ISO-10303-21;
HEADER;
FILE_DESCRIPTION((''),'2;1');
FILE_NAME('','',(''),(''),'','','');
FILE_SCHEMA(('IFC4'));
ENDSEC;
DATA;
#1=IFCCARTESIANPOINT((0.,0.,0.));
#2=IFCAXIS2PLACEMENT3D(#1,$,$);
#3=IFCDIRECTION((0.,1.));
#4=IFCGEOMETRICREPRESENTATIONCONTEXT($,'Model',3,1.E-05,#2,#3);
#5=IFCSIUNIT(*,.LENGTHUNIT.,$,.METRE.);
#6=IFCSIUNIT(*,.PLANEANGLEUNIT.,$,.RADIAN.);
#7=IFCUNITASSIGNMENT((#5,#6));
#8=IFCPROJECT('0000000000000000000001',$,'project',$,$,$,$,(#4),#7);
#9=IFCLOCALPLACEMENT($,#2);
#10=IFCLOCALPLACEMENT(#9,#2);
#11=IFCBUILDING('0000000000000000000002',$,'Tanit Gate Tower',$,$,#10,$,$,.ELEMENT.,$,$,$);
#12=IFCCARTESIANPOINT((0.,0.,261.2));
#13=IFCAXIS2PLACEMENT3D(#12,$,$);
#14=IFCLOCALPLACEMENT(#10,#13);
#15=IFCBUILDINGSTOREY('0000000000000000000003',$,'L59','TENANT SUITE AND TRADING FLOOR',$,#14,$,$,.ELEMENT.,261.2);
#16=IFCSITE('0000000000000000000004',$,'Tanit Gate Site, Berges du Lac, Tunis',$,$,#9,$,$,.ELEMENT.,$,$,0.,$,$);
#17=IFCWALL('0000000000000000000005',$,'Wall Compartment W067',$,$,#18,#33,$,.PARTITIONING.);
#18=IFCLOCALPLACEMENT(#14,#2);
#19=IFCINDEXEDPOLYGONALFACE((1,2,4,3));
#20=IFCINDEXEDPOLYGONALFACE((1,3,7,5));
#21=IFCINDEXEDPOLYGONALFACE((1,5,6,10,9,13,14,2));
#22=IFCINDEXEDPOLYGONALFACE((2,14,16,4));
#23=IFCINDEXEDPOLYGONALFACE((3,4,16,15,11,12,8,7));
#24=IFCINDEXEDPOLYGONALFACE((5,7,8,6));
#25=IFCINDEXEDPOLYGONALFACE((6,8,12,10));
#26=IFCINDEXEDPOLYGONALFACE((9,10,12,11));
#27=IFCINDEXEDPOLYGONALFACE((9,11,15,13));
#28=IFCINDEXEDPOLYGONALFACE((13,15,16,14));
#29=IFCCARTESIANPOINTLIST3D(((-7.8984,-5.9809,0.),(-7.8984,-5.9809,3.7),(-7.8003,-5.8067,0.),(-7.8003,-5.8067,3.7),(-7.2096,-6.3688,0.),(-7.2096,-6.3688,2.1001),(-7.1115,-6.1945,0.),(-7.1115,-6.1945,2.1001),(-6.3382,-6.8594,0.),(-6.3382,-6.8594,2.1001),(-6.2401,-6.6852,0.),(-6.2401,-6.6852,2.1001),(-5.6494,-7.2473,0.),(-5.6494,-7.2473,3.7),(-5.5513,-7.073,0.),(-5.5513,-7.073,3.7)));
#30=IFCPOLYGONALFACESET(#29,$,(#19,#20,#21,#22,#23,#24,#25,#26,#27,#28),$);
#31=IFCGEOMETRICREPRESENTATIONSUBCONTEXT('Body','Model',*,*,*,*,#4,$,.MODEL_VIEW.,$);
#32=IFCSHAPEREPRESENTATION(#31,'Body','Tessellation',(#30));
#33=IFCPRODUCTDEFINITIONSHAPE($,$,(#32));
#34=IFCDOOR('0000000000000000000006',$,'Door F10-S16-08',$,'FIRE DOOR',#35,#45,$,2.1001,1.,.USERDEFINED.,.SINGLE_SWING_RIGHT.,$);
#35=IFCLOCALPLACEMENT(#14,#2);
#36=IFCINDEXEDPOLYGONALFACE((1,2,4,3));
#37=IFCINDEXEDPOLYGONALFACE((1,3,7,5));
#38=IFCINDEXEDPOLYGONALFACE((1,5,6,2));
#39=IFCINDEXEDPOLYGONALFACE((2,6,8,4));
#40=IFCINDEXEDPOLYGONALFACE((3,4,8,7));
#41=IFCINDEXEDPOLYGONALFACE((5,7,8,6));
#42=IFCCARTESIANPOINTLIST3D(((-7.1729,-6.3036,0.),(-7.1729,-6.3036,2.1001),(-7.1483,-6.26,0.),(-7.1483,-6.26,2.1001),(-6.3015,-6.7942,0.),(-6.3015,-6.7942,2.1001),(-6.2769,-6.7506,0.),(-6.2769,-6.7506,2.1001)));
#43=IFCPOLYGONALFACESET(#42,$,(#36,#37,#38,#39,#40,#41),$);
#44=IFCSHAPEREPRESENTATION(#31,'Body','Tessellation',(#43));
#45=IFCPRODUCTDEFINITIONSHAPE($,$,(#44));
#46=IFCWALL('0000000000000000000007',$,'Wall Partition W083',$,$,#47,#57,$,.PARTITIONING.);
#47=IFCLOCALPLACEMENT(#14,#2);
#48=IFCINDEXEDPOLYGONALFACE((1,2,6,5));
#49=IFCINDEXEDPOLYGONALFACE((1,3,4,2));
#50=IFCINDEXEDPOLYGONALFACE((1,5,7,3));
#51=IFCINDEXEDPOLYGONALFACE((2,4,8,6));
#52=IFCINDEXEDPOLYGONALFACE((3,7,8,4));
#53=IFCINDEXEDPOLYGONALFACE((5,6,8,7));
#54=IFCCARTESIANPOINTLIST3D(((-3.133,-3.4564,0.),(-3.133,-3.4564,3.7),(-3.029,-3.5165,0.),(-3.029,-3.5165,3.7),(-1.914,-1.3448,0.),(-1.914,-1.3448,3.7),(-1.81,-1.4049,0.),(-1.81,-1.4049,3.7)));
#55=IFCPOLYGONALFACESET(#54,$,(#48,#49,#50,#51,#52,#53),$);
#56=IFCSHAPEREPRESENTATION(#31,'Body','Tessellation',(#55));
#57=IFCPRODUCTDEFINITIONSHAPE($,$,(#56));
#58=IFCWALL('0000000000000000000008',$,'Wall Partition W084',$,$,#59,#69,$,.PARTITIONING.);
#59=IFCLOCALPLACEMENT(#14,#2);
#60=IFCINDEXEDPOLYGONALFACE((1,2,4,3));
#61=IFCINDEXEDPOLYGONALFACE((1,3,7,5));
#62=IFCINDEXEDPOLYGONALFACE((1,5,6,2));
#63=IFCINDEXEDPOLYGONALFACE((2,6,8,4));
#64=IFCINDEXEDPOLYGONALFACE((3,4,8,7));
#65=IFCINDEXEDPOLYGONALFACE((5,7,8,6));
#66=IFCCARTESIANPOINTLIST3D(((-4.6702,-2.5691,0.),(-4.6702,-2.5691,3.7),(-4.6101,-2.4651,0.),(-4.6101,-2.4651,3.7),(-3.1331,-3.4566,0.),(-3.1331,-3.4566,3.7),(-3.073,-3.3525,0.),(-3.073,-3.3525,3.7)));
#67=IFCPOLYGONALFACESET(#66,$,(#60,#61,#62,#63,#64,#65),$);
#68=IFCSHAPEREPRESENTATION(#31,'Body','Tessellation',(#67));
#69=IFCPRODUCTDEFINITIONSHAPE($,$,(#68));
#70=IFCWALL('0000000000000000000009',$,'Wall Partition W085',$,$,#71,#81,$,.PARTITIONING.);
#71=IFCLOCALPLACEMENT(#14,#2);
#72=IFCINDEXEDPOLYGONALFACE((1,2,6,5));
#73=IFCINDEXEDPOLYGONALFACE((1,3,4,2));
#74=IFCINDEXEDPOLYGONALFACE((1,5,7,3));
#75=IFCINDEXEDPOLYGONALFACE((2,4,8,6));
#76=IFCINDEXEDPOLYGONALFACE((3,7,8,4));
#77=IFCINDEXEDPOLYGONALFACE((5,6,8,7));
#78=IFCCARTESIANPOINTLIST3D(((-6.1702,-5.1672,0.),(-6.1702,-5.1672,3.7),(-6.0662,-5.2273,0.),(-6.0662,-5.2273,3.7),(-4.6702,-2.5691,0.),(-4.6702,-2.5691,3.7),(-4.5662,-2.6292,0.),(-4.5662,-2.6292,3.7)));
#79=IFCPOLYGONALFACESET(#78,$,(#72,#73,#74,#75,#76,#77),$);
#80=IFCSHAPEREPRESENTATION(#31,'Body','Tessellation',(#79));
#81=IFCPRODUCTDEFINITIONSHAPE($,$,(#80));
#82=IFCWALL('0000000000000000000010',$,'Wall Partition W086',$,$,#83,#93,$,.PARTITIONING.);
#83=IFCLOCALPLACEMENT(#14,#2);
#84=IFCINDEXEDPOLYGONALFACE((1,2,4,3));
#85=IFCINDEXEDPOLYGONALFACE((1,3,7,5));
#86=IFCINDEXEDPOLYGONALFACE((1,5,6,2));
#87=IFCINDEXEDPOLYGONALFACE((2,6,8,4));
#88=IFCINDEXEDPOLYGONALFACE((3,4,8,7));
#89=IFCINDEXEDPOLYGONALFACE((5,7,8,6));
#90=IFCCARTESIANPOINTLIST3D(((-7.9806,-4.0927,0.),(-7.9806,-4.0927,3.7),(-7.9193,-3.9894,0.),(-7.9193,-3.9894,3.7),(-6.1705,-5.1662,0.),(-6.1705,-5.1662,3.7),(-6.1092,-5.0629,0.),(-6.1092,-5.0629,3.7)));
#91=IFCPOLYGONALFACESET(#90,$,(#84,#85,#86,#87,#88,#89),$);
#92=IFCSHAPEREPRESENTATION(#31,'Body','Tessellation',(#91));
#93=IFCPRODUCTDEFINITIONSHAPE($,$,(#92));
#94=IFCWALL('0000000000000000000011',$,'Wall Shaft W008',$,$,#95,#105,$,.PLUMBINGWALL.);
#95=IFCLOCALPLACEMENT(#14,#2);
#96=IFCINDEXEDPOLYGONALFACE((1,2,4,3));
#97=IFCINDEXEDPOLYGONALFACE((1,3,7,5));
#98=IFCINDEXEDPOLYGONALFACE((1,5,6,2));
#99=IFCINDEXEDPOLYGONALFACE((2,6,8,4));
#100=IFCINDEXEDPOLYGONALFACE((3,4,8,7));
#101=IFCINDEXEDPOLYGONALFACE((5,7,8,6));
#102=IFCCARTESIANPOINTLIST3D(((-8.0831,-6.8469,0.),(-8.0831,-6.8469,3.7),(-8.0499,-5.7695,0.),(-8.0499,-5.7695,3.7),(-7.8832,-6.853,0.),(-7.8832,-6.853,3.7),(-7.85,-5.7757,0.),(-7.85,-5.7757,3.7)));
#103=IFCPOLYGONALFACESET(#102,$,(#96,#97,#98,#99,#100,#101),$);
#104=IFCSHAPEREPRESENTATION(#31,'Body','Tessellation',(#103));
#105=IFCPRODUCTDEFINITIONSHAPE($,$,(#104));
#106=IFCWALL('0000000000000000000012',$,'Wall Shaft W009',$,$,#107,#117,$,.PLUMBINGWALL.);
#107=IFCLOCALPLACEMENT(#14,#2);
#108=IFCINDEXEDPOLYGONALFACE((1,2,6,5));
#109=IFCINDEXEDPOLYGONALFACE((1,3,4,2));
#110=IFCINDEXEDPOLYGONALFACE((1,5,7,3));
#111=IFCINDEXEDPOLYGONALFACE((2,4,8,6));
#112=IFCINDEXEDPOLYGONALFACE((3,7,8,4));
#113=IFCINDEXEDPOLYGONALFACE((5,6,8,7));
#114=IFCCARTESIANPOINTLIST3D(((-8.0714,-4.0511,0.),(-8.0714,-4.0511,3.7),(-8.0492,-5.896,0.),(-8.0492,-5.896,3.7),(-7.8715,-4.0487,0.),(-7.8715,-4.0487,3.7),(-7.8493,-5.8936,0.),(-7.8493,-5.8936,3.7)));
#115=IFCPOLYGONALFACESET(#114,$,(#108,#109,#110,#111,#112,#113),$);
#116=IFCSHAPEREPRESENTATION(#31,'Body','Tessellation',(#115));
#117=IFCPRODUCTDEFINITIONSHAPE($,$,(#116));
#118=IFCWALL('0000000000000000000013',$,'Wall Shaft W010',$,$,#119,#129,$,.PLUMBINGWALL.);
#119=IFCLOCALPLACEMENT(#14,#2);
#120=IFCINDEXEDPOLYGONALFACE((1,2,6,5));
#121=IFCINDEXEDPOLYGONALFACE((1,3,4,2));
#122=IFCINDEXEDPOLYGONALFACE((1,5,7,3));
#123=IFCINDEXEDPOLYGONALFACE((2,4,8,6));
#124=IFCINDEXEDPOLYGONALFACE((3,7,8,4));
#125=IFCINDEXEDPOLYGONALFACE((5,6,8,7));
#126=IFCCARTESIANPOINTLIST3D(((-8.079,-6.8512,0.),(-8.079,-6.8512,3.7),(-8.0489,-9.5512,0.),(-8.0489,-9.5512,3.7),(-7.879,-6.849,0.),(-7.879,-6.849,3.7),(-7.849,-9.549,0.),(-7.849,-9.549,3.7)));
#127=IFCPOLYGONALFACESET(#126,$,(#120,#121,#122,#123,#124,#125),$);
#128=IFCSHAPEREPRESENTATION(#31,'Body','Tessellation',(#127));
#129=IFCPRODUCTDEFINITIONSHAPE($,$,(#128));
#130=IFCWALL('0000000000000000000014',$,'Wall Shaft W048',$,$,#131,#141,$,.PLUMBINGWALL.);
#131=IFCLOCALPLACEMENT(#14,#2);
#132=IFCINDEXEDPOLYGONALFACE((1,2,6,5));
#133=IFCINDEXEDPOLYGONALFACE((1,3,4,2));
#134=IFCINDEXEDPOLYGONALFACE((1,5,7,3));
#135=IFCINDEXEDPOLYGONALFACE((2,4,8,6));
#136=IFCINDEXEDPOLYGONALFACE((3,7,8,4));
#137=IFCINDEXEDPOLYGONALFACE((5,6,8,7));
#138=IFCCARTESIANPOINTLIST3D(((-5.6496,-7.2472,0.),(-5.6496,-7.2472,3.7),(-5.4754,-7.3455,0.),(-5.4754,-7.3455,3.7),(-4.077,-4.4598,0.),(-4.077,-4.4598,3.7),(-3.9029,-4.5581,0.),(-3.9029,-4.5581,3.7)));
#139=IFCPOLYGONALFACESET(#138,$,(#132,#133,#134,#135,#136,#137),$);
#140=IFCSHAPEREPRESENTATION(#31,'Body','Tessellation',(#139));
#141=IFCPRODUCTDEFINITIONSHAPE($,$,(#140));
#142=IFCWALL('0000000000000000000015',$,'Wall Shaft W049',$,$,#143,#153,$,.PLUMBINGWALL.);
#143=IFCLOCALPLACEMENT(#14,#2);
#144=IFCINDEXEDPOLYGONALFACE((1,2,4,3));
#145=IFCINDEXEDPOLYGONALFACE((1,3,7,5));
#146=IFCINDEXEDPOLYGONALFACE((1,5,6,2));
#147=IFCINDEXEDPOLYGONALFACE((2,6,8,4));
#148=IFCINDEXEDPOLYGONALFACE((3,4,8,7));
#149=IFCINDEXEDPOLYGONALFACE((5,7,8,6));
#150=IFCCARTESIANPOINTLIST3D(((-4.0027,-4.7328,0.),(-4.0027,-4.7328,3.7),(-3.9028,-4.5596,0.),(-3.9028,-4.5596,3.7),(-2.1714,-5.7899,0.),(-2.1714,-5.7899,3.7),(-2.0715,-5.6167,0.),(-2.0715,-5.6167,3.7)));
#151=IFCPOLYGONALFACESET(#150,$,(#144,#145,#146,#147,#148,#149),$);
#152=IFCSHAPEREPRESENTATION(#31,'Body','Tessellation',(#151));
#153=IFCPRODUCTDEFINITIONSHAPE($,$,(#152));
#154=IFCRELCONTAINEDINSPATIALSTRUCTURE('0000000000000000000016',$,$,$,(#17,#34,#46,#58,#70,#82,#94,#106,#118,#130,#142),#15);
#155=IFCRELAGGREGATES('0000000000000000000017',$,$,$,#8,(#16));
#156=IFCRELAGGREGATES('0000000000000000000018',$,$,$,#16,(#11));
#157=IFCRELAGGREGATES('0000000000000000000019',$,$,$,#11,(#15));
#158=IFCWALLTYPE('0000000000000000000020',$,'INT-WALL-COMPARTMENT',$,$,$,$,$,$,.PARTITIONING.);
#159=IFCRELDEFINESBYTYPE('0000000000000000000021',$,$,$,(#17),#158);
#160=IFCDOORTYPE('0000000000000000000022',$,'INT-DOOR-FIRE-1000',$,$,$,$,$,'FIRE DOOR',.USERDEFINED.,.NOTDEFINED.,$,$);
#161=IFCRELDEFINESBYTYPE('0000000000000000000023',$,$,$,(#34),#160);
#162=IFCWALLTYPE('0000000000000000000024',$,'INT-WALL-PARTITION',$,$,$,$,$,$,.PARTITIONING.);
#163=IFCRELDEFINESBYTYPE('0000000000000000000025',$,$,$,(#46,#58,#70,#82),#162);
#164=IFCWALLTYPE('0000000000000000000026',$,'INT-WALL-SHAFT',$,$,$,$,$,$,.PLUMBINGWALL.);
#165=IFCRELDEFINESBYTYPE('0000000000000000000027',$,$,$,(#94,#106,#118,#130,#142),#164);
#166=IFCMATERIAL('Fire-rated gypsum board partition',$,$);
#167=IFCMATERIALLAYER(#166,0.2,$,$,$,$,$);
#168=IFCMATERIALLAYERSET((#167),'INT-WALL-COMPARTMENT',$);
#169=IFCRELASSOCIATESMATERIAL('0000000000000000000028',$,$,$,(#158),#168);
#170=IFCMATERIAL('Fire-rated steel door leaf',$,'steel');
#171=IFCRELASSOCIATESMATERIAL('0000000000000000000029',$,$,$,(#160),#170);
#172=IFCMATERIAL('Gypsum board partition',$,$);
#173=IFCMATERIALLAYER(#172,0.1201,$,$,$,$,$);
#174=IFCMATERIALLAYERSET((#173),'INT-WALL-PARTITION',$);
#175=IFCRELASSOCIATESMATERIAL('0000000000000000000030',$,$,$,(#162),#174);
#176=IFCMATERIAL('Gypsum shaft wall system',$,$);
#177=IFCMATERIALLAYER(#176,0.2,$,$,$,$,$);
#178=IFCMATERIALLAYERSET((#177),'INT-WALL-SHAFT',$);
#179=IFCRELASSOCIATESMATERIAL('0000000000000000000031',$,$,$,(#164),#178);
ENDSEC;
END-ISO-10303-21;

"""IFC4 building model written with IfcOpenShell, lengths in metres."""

from ifc_helpers import new_model, si_unit, direction, frame, frame_2d, origin, place, context, subcontext, project, spatial, rectangle, extrude, material, layer, layer_set, type_object, element, fill, save


model = new_model("IFC4")

# Units and contexts
model_context = context("Model", 3, precision=1e-05, world=origin(), true_north=direction((0.0, 1.0)))
body_context = subcontext(model_context, "Body", "Model", "MODEL_VIEW")
ifc_project = project(units=[si_unit("LENGTHUNIT", "METRE"), si_unit("PLANEANGLEUNIT", "RADIAN")], contexts=[model_context])

# Site, building, storey
site_placement = place(None, origin())
site = spatial("IfcSite", under=ifc_project, at=site_placement, Name="Tanit Gate Site, Berges du Lac, Tunis", CompositionType="ELEMENT", RefElevation=0.0)
building_placement = place(site_placement, origin())
building = spatial("IfcBuilding", under=site, at=building_placement, Name="Tanit Gate Tower", CompositionType="ELEMENT")
storey_placement = place(building_placement, frame((0.0, 0.0, 261.2)))
storey = spatial("IfcBuildingStorey", under=building, at=storey_placement, Name="L59", Description="TENANT SUITE AND TRADING FLOOR", CompositionType="ELEMENT", Elevation=261.2)

# Wall, opening, door
ifc_material_1 = material(Name="Fire-rated gypsum board partition")
ifc_layer_1 = layer(ifc_material_1, 0.2)
ifc_layer_set_1 = layer_set([ifc_layer_1], Name="INT-WALL-COMPARTMENT")
wall_type_1 = type_object("IfcWallType", Name="INT-WALL-COMPARTMENT", PredefinedType="PARTITIONING", material=ifc_layer_set_1)
wall_1_placement = place(storey_placement, frame((-7.8494, -5.8938, 0.0), z_axis=(0.0, 0.0, 1.0), x_axis=(0.871363, -0.490638, 0.0)))
wall_1 = element("IfcWall", 1, at=wall_1_placement, inside=storey, type_object=wall_type_1, Name="Wall Compartment W067", PredefinedType="PARTITIONING", context=body_context, shape_type="SweptSolid", body=[
    extrude(rectangle(XDim=2.5811, YDim=0.2, at=frame_2d((1.2905, 0.0))), origin(), (0.0, 0.0, 1.0), 3.7),
])
opening_1_placement = place(wall_1_placement, frame((0.7905, 0.0, 0.0)))
opening_1 = element("IfcOpeningElement", 2, at=opening_1_placement, cuts=wall_1, PredefinedType="OPENING", context=body_context, shape_type="SweptSolid", body=[
    extrude(rectangle(XDim=1.0, YDim=2.1001, at=frame_2d((0.5, 1.05))), frame((0.0, 0.1099, 0.0), z_axis=(0.0, -1.0, 0.0), x_axis=(1.0, 0.0, 0.0)), (0.0, 0.0, 1.0), 0.22),
])
ifc_material_2 = material(Name="Fire-rated steel door leaf", Category="steel")
door_type_1 = type_object("IfcDoorType", Name="INT-DOOR-FIRE-1000", ElementType="FIRE DOOR", OperationType="NOTDEFINED", PredefinedType="USERDEFINED", material=ifc_material_2)
door_1_placement = place(opening_1_placement, origin())
door_1 = element("IfcDoor", 3, at=door_1_placement, inside=storey, type_object=door_type_1, Name="Door F10-S16-08", ObjectType="FIRE DOOR", OperationType="SINGLE_SWING_RIGHT", OverallHeight=2.1001, OverallWidth=1.0, PredefinedType="USERDEFINED", context=body_context, shape_type="SweptSolid", body=[
    extrude(rectangle(XDim=1.0, YDim=2.1001, at=frame_2d((0.5, 1.05))), frame((0.0, 0.0249, 0.0), z_axis=(0.0, -1.0, 0.0), x_axis=(1.0, 0.0, 0.0)), (0.0, 0.0, 1.0), 0.05),
])
fill(opening_1, door_1)

# Walls
ifc_material_3 = material(Name="Gypsum board partition")
ifc_layer_2 = layer(ifc_material_3, 0.1201)
ifc_layer_set_2 = layer_set([ifc_layer_2], Name="INT-WALL-PARTITION")
wall_type_2 = type_object("IfcWallType", Name="INT-WALL-PARTITION", PredefinedType="PARTITIONING", material=ifc_layer_set_2)
wall_2_placement = place(storey_placement, frame((-3.0811, -3.4866, 0.0), z_axis=(0.0, 0.0, 1.0), x_axis=(0.499962, 0.866047, 0.0)))
element("IfcWall", 4, at=wall_2_placement, inside=storey, type_object=wall_type_2, Name="Wall Partition W083", PredefinedType="PARTITIONING", context=body_context, shape_type="SweptSolid", body=[
    extrude(rectangle(XDim=2.4382, YDim=0.1201, at=frame_2d((1.2192, 0.0))), origin(), (0.0, 0.0, 1.0), 3.7),
])
wall_3_placement = place(storey_placement, frame((-4.6401, -2.5171, 0.0), z_axis=(0.0, 0.0, 1.0), x_axis=(0.866025, -0.5, 0.0)))
element("IfcWall", 5, at=wall_3_placement, inside=storey, type_object=wall_type_2, Name="Wall Partition W084", PredefinedType="PARTITIONING", context=body_context, shape_type="SweptSolid", body=[
    extrude(rectangle(XDim=1.7749, YDim=0.1201, at=frame_2d((0.8875, 0.0))), origin(), (0.0, 0.0, 1.0), 3.7),
])
wall_4_placement = place(storey_placement, frame((-6.1182, -5.1973, 0.0), z_axis=(0.0, 0.0, 1.0), x_axis=(0.49999, 0.866031, 0.0)))
element("IfcWall", 6, at=wall_4_placement, inside=storey, type_object=wall_type_2, Name="Wall Partition W085", PredefinedType="PARTITIONING", context=body_context, shape_type="SweptSolid", body=[
    extrude(rectangle(XDim=3.0, YDim=0.1201, at=frame_2d((1.5, 0.0))), origin(), (0.0, 0.0, 1.0), 3.7),
])
wall_5_placement = place(storey_placement, frame((-7.95, -4.041, 0.0), z_axis=(0.0, 0.0, 1.0), x_axis=(0.860112, -0.510104, 0.0)))
element("IfcWall", 7, at=wall_5_placement, inside=storey, type_object=wall_type_2, Name="Wall Partition W086", PredefinedType="PARTITIONING", context=body_context, shape_type="SweptSolid", body=[
    extrude(rectangle(XDim=2.1045, YDim=0.1201, at=frame_2d((1.0522, 0.0))), origin(), (0.0, 0.0, 1.0), 3.7),
])
ifc_material_4 = material(Name="Gypsum shaft wall system")
ifc_layer_3 = layer(ifc_material_4, 0.2)
ifc_layer_set_3 = layer_set([ifc_layer_3], Name="INT-WALL-SHAFT")
wall_type_3 = type_object("IfcWallType", Name="INT-WALL-SHAFT", PredefinedType="PLUMBINGWALL", material=ifc_layer_set_3)
wall_6_placement = place(storey_placement, frame((-7.95, -5.7725, 0.0), z_axis=(0.0, 0.0, 1.0), x_axis=(-0.030803, -0.999525, 0.0)))
element("IfcWall", 8, at=wall_6_placement, inside=storey, type_object=wall_type_3, Name="Wall Shaft W008", PredefinedType="PLUMBINGWALL", context=body_context, shape_type="SweptSolid", body=[
    extrude(rectangle(XDim=1.0779, YDim=0.2, at=frame_2d((0.5391, 0.0))), origin(), (0.0, 0.0, 1.0), 3.7),
])
wall_7_placement = place(storey_placement, frame((-7.9714, -4.05, 0.0), z_axis=(0.0, 0.0, 1.0), x_axis=(0.012043, -0.999927, 0.0)))
element("IfcWall", 9, at=wall_7_placement, inside=storey, type_object=wall_type_3, Name="Wall Shaft W009", PredefinedType="PLUMBINGWALL", context=body_context, shape_type="SweptSolid", body=[
    extrude(rectangle(XDim=1.845, YDim=0.2, at=frame_2d((0.9224, 0.0))), origin(), (0.0, 0.0, 1.0), 3.7),
])
wall_8_placement = place(storey_placement, frame((-7.979, -6.8501, 0.0), z_axis=(0.0, 0.0, 1.0), x_axis=(0.011121, -0.999938, 0.0)))
element("IfcWall", 10, at=wall_8_placement, inside=storey, type_object=wall_type_3, Name="Wall Shaft W010", PredefinedType="PLUMBINGWALL", context=body_context, shape_type="SweptSolid", body=[
    extrude(rectangle(XDim=2.7002, YDim=0.2, at=frame_2d((1.3501, 0.0))), origin(), (0.0, 0.0, 1.0), 3.7),
])

# Walls
wall_9_placement = place(storey_placement, frame((-3.99, -4.509, 0.0), z_axis=(0.0, 0.0, 1.0), x_axis=(-0.491358, -0.870958, 0.0)))
element("IfcWall", 11, at=wall_9_placement, inside=storey, type_object=wall_type_3, Name="Wall Shaft W048", PredefinedType="PLUMBINGWALL", context=body_context, shape_type="SweptSolid", body=[
    extrude(rectangle(XDim=3.2004, YDim=0.2, at=frame_2d((1.6001, 0.0))), origin(), (0.0, 0.0, 1.0), 3.7),
])
wall_10_placement = place(storey_placement, frame((-3.9526, -4.6462, 0.0), z_axis=(0.0, 0.0, 1.0), x_axis=(0.866061, -0.499939, 0.0)))
element("IfcWall", 12, at=wall_10_placement, inside=storey, type_object=wall_type_3, Name="Wall Shaft W049", PredefinedType="PLUMBINGWALL", context=body_context, shape_type="SweptSolid", body=[
    extrude(rectangle(XDim=2.1145, YDim=0.2, at=frame_2d((1.0571, 0.0))), origin(), (0.0, 0.0, 1.0), 3.7),
])

save(model, "model.ifc")
